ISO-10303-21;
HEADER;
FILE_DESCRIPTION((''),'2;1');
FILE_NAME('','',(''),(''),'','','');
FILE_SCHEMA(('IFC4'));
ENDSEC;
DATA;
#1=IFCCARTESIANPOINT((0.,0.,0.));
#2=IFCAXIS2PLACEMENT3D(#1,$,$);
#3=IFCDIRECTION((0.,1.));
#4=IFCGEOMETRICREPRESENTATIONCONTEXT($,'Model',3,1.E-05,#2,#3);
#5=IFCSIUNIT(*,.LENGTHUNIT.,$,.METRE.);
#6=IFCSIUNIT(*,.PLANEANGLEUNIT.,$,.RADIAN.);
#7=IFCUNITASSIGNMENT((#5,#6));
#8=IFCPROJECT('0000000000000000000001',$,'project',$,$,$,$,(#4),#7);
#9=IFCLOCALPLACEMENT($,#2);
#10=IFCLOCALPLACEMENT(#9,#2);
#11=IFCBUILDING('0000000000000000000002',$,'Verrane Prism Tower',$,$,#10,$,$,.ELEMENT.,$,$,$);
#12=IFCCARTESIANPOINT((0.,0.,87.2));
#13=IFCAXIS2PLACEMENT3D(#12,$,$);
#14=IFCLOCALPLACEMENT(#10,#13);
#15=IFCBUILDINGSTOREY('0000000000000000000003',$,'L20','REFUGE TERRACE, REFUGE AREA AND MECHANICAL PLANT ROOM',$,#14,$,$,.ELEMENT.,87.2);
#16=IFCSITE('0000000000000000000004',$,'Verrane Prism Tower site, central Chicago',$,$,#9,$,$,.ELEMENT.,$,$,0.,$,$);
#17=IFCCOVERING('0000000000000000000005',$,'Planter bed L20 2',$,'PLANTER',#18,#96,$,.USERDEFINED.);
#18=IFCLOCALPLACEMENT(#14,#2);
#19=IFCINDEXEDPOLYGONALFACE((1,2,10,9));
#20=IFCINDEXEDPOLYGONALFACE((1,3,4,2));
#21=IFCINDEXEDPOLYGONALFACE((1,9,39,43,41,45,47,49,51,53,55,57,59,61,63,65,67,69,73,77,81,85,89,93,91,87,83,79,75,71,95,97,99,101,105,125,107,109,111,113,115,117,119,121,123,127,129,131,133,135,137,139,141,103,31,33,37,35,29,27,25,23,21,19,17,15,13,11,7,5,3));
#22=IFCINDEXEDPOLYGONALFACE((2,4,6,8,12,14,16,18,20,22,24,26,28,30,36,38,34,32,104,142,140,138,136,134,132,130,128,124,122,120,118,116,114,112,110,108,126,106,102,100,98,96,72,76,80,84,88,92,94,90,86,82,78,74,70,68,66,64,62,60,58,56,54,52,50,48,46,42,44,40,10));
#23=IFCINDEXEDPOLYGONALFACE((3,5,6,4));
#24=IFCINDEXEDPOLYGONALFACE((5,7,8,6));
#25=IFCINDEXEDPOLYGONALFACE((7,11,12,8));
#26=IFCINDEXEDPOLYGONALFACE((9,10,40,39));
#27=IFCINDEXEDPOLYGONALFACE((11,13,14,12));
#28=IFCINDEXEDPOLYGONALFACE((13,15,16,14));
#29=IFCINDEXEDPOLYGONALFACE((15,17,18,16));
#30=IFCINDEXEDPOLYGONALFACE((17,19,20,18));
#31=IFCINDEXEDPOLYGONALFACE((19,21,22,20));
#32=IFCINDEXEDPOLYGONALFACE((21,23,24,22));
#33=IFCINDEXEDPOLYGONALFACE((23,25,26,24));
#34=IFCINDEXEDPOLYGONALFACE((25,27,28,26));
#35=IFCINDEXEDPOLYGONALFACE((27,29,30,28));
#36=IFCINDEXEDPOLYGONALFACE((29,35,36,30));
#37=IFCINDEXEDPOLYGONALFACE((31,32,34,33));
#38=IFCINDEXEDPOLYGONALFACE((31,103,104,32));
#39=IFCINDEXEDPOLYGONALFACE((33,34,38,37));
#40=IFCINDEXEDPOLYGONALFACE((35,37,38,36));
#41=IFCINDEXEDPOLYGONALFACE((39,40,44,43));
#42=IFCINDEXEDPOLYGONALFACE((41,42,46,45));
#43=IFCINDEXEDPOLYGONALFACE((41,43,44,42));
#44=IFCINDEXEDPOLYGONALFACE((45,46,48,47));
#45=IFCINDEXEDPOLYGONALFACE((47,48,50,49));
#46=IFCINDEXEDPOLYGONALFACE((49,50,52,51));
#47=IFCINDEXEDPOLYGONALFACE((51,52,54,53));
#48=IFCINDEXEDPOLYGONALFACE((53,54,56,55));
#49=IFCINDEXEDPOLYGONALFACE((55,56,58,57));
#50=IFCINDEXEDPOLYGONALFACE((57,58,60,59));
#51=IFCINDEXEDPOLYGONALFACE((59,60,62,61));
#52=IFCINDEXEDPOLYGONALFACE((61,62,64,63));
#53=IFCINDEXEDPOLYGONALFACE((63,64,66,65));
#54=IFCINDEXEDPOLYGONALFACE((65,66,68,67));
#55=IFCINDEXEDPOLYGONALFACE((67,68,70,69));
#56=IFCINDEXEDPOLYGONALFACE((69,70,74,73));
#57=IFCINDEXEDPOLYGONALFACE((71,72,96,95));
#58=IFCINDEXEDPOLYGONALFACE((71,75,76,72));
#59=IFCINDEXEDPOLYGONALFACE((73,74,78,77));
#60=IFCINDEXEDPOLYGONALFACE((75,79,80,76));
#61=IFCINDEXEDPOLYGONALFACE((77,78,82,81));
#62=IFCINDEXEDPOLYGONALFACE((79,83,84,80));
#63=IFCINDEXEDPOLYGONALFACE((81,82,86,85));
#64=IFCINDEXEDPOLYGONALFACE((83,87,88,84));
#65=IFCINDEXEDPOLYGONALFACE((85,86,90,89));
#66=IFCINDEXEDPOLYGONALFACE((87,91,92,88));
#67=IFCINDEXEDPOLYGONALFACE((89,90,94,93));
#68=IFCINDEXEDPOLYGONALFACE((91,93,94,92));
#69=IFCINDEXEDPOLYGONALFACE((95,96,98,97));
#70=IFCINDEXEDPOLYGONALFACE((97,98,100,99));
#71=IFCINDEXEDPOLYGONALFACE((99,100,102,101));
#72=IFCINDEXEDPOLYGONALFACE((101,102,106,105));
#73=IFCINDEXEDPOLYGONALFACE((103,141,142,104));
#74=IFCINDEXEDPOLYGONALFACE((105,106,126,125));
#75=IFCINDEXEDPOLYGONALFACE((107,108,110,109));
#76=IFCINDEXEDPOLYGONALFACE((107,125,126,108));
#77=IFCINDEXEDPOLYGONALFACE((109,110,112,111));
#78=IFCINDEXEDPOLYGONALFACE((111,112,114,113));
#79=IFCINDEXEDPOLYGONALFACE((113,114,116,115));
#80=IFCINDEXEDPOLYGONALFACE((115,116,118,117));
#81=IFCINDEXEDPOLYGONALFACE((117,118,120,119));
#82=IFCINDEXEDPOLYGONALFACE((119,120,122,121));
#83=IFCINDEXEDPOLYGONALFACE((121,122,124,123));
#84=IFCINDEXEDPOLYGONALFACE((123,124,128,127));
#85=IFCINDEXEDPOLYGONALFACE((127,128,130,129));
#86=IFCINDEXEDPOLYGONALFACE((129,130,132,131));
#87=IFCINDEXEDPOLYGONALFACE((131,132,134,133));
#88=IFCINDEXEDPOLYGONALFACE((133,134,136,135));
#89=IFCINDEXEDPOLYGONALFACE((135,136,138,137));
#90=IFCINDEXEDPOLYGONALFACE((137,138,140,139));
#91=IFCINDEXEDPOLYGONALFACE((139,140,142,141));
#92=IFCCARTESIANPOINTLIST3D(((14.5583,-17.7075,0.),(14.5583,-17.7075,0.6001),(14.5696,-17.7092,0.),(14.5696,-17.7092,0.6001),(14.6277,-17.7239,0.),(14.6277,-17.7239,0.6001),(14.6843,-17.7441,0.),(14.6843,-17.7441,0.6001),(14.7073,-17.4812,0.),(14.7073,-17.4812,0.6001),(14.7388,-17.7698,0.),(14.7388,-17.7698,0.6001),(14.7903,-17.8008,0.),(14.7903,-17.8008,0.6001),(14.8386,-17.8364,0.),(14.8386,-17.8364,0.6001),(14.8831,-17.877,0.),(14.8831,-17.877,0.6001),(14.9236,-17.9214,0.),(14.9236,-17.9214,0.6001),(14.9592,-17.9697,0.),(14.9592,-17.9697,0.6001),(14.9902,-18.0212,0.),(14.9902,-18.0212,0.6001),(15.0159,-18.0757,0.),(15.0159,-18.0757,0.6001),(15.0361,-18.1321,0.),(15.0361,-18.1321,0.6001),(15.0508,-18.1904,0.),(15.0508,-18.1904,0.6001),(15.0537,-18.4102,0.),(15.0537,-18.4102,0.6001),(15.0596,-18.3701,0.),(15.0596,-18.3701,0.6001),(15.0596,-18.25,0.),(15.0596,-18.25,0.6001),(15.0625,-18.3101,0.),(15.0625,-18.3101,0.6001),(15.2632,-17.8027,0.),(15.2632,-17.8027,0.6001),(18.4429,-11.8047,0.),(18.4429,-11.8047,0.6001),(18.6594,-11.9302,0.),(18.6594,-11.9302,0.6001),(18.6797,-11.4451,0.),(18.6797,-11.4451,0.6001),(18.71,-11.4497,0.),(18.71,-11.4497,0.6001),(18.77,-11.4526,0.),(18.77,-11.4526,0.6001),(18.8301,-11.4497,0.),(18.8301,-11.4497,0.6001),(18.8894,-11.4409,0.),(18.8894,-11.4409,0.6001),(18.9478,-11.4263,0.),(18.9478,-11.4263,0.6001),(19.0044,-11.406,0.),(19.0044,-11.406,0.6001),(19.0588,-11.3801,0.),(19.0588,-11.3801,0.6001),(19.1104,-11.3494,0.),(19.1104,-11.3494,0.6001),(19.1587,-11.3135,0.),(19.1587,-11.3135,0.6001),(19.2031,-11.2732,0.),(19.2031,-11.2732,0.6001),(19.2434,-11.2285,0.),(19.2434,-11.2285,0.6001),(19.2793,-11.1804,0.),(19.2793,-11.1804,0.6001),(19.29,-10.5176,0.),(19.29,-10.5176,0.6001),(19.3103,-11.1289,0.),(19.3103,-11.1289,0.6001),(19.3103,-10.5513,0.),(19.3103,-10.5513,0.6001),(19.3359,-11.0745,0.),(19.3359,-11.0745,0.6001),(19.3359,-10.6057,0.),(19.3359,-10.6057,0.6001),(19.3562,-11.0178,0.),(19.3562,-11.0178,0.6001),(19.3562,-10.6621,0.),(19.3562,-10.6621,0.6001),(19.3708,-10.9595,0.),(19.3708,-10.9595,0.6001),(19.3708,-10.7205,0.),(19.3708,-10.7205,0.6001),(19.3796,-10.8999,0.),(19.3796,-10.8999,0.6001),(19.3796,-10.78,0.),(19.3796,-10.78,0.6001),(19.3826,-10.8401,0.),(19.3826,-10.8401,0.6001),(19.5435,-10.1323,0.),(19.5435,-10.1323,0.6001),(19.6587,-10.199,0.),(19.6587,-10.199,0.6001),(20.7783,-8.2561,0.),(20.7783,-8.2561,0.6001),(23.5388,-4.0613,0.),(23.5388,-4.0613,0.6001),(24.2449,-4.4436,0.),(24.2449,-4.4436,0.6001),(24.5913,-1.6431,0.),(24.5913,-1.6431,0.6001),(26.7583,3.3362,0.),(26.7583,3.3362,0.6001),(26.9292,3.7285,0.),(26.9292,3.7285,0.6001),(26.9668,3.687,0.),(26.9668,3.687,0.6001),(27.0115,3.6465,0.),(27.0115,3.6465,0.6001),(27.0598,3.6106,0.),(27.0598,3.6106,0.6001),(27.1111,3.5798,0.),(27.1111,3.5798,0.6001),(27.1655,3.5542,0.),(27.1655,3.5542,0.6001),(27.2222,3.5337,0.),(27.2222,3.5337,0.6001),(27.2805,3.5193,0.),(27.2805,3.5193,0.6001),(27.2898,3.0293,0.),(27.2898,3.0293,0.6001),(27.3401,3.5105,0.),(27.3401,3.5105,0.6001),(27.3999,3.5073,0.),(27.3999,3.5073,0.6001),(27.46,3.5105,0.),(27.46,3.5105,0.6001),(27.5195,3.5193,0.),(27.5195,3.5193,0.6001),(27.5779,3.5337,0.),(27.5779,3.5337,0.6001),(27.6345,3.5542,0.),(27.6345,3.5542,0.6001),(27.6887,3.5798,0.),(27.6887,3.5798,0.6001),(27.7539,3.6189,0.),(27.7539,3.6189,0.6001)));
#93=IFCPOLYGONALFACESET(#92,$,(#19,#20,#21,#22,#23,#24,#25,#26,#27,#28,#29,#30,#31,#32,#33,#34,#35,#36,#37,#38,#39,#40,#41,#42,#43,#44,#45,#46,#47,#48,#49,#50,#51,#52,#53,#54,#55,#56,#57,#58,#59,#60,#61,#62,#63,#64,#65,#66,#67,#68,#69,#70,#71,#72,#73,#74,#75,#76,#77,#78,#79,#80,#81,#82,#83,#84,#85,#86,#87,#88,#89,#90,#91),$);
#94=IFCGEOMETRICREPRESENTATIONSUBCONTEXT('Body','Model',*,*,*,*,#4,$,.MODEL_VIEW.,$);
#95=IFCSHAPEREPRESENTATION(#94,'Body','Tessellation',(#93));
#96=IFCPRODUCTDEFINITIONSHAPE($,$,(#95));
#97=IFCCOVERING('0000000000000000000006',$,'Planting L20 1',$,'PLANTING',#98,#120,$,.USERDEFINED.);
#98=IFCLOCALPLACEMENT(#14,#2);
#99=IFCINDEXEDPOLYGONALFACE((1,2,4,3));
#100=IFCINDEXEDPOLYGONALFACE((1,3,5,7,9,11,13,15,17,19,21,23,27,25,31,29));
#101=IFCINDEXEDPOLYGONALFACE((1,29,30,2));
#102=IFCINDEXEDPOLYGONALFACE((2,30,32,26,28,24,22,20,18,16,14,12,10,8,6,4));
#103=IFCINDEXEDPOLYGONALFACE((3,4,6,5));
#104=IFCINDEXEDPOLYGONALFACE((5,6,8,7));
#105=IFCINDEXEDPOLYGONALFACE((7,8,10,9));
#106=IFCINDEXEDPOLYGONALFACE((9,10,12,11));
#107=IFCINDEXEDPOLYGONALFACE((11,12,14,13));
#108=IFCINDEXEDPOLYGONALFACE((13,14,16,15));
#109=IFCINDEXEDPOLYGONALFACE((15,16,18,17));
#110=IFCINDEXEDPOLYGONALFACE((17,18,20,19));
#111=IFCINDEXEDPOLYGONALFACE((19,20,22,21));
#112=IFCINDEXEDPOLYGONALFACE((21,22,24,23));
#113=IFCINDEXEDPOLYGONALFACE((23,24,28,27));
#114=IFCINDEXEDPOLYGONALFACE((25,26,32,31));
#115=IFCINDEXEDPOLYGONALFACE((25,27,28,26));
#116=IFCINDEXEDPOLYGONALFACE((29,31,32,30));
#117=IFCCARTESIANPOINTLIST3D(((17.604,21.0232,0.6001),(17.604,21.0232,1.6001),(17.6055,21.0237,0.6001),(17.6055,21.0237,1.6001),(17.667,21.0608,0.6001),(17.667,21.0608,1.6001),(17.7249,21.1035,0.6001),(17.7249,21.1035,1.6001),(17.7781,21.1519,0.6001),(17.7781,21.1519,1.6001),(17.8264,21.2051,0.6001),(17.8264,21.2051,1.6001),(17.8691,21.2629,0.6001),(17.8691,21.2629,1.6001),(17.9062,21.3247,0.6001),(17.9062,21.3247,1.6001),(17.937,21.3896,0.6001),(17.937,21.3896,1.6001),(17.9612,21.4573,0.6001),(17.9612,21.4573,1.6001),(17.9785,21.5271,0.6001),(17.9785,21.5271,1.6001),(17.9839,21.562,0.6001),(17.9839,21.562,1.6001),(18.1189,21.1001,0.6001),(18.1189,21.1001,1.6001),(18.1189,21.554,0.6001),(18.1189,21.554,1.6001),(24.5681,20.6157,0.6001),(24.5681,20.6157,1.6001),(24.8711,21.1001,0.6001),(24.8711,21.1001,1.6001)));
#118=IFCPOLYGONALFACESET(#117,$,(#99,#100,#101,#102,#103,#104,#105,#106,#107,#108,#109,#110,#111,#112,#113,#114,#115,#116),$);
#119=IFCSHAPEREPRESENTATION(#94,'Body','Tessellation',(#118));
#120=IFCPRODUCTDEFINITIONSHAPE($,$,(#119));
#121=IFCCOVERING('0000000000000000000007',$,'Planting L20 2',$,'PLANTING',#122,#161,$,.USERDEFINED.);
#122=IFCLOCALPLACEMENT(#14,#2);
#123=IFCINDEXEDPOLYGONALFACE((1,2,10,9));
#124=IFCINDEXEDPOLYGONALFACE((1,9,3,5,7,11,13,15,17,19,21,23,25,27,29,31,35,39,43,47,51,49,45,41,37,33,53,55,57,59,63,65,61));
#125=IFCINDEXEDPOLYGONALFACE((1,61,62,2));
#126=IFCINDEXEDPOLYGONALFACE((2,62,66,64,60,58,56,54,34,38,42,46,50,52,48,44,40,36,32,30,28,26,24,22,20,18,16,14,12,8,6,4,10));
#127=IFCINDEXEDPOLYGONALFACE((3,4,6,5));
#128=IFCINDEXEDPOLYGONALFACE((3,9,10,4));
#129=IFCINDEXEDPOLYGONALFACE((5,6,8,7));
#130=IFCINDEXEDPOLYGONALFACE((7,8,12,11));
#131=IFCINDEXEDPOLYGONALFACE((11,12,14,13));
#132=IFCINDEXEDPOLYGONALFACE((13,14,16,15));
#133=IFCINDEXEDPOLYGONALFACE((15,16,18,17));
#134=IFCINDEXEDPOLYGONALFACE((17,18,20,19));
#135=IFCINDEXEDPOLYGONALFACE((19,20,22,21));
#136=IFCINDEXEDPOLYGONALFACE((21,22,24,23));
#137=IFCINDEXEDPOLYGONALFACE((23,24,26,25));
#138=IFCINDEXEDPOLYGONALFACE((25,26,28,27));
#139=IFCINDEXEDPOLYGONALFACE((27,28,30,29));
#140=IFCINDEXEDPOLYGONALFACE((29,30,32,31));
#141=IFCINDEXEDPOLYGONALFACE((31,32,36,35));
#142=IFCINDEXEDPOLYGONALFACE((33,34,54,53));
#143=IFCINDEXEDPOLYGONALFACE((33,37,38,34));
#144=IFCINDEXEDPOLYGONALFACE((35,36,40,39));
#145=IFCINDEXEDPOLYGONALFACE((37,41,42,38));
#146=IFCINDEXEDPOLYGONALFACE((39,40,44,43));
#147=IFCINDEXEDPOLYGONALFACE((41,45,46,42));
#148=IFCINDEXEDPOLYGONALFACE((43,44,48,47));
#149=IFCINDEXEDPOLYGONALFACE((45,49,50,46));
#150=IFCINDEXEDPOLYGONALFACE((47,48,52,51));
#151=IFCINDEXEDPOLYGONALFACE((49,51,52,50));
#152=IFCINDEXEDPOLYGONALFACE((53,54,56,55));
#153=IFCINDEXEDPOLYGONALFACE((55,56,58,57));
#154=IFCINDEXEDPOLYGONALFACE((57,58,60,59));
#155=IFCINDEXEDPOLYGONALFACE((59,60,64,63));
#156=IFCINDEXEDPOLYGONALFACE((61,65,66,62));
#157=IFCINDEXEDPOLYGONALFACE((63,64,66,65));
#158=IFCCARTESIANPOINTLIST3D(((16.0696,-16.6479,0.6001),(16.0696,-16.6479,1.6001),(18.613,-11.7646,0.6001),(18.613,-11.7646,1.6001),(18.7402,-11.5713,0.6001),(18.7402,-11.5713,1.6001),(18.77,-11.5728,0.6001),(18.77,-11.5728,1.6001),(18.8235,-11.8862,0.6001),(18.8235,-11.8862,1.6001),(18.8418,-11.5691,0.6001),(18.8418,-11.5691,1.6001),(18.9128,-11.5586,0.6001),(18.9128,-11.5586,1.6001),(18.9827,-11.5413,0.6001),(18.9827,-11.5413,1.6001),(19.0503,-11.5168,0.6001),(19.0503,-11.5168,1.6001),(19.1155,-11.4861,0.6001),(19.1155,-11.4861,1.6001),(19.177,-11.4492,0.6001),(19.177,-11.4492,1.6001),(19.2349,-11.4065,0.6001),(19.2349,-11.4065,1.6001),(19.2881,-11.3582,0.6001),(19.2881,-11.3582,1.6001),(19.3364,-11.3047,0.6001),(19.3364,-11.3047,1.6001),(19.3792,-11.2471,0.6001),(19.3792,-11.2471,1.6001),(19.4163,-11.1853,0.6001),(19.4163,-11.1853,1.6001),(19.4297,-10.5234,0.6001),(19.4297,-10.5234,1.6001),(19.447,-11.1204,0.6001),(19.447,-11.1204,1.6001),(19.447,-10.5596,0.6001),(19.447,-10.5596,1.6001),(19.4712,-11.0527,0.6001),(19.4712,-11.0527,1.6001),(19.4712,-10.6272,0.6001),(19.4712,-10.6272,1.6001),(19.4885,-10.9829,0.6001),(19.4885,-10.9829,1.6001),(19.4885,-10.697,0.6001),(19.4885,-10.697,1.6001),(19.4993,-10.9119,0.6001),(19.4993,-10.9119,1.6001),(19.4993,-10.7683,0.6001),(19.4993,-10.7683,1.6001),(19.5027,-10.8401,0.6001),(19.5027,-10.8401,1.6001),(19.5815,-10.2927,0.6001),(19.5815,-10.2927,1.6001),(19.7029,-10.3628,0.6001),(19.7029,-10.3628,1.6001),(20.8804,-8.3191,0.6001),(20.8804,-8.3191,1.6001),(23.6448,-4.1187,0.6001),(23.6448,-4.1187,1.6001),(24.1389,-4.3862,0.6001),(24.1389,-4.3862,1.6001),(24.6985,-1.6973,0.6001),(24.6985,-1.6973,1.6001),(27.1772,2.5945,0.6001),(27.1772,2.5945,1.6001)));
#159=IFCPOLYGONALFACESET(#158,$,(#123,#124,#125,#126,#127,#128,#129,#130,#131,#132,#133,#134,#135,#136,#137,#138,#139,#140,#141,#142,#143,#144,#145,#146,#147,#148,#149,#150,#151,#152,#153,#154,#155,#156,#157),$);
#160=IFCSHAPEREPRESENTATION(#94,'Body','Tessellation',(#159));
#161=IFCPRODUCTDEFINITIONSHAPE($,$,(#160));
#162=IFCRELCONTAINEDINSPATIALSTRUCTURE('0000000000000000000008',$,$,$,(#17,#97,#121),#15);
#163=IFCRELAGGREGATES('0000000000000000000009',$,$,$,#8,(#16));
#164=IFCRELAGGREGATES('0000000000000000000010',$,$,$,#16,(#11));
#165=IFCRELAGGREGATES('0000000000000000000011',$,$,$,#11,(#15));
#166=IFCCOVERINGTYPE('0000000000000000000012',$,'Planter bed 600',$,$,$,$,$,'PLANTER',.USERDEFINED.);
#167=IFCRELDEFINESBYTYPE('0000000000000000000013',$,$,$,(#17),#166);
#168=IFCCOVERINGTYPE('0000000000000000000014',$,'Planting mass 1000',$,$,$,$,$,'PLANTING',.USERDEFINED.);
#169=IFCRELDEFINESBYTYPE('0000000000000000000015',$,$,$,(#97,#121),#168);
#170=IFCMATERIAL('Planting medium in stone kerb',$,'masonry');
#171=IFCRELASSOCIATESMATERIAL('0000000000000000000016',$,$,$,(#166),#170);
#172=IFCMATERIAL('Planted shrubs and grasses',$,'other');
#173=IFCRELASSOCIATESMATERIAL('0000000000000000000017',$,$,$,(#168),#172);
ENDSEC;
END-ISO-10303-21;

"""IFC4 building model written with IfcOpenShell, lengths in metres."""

from ifc_helpers import new_model, si_unit, direction, frame, origin, place, context, subcontext, project, spatial, polyline, outline, extrude, material, type_object, element, save


model = new_model("IFC4")

# Units and contexts
model_context = context("Model", 3, precision=1e-05, world=origin(), true_north=direction((0.0, 1.0)))
body_context = subcontext(model_context, "Body", "Model", "MODEL_VIEW")
ifc_project = project(units=[si_unit("LENGTHUNIT", "METRE"), si_unit("PLANEANGLEUNIT", "RADIAN")], contexts=[model_context])

# Site, building, storey
site_placement = place(None, origin())
site = spatial("IfcSite", under=ifc_project, at=site_placement, Name="Verrane Prism Tower site, central Chicago", CompositionType="ELEMENT", RefElevation=0.0)
building_placement = place(site_placement, origin())
building = spatial("IfcBuilding", under=site, at=building_placement, Name="Verrane Prism Tower", CompositionType="ELEMENT")
storey_placement = place(building_placement, frame((0.0, 0.0, 87.2)))
storey = spatial("IfcBuildingStorey", under=building, at=storey_placement, Name="L20", Description="REFUGE TERRACE, REFUGE AREA AND MECHANICAL PLANT ROOM", CompositionType="ELEMENT", Elevation=87.2)

# Coverings
ifc_material_1 = material(Name="Planting medium in stone kerb", Category="masonry")
covering_type_1 = type_object("IfcCoveringType", Name="Planter bed 600", ElementType="PLANTER", PredefinedType="USERDEFINED", material=ifc_material_1)
covering_1_placement = place(storey_placement, origin())
element("IfcCovering", 1, at=covering_1_placement, inside=storey, type_object=covering_type_1, Name="Planter bed L20 2", ObjectType="PLANTER", PredefinedType="USERDEFINED", context=body_context, shape_type="SweptSolid", body=[
    extrude(outline(polyline([(27.7539, 3.6189), (27.6887, 3.5798), (27.6345, 3.5542), (27.5779, 3.5337), (27.5195, 3.5193), (27.46, 3.5105), (27.3999, 3.5073), (27.3401, 3.5105), (27.2805, 3.5193), (27.2222, 3.5337), (27.1655, 3.5542), (27.1111, 3.5798), (27.0598, 3.6106), (27.0115, 3.6465), (26.9668, 3.687), (26.9292, 3.7285), (26.7583, 3.3362), (27.2898, 3.0293), (24.5913, -1.6431), (23.5388, -4.0613), (20.7783, -8.2561), (19.6587, -10.199), (19.5435, -10.1323), (19.29, -10.5176), (19.3103, -10.5513), (19.3359, -10.6057), (19.3562, -10.6621), (19.3708, -10.7205), (19.3796, -10.78), (19.3826, -10.8401), (19.3796, -10.8999), (19.3708, -10.9595), (19.3562, -11.0178), (19.3359, -11.0745), (19.3103, -11.1289), (19.2793, -11.1804), (19.2434, -11.2285), (19.2031, -11.2732), (19.1587, -11.3135), (19.1104, -11.3494), (19.0588, -11.3801), (19.0044, -11.406), (18.9478, -11.4263), (18.8894, -11.4409), (18.8301, -11.4497), (18.77, -11.4526), (18.71, -11.4497), (18.6797, -11.4451), (18.4429, -11.8047), (18.6594, -11.9302), (15.2632, -17.8027), (14.7073, -17.4812), (14.5583, -17.7075), (14.5696, -17.7092), (14.6277, -17.7239), (14.6843, -17.7441), (14.7388, -17.7698), (14.7903, -17.8008), (14.8386, -17.8364), (14.8831, -17.877), (14.9236, -17.9214), (14.9592, -17.9697), (14.9902, -18.0212), (15.0159, -18.0757), (15.0361, -18.1321), (15.0508, -18.1904), (15.0596, -18.25), (15.0625, -18.3101), (15.0596, -18.3701), (15.0537, -18.4102), (24.2449, -4.4436), (27.7539, 3.6189)])), origin(), (0.0, 0.0, 1.0), 0.6001),
])
ifc_material_2 = material(Name="Planted shrubs and grasses", Category="other")
covering_type_2 = type_object("IfcCoveringType", Name="Planting mass 1000", ElementType="PLANTING", PredefinedType="USERDEFINED", material=ifc_material_2)
covering_2_placement = place(storey_placement, frame((0.0, 0.0, 0.6001)))
element("IfcCovering", 2, at=covering_2_placement, inside=storey, type_object=covering_type_2, Name="Planting L20 1", ObjectType="PLANTING", PredefinedType="USERDEFINED", context=body_context, shape_type="SweptSolid", body=[
    extrude(outline(polyline([(24.5681, 20.6157), (24.8711, 21.1001), (18.1189, 21.1001), (18.1189, 21.554), (17.9839, 21.562), (17.9785, 21.5271), (17.9612, 21.4573), (17.937, 21.3896), (17.9062, 21.3247), (17.8691, 21.2629), (17.8264, 21.2051), (17.7781, 21.1519), (17.7249, 21.1035), (17.667, 21.0608), (17.6055, 21.0237), (17.604, 21.0232), (24.5681, 20.6157)])), origin(), (0.0, 0.0, 1.0), 1.0),
])
covering_3_placement = place(storey_placement, frame((0.0, 0.0, 0.6001)))
element("IfcCovering", 3, at=covering_3_placement, inside=storey, type_object=covering_type_2, Name="Planting L20 2", ObjectType="PLANTING", PredefinedType="USERDEFINED", context=body_context, shape_type="SweptSolid", body=[
    extrude(outline(polyline([(24.1389, -4.3862), (27.1772, 2.5945), (24.6985, -1.6973), (23.6448, -4.1187), (20.8804, -8.3191), (19.7029, -10.3628), (19.5815, -10.2927), (19.4297, -10.5234), (19.447, -10.5596), (19.4712, -10.6272), (19.4885, -10.697), (19.4993, -10.7683), (19.5027, -10.8401), (19.4993, -10.9119), (19.4885, -10.9829), (19.4712, -11.0527), (19.447, -11.1204), (19.4163, -11.1853), (19.3792, -11.2471), (19.3364, -11.3047), (19.2881, -11.3582), (19.2349, -11.4065), (19.177, -11.4492), (19.1155, -11.4861), (19.0503, -11.5168), (18.9827, -11.5413), (18.9128, -11.5586), (18.8418, -11.5691), (18.77, -11.5728), (18.7402, -11.5713), (18.613, -11.7646), (18.8235, -11.8862), (16.0696, -16.6479), (24.1389, -4.3862)])), origin(), (0.0, 0.0, 1.0), 1.0),
])

save(model, "model.ifc")
